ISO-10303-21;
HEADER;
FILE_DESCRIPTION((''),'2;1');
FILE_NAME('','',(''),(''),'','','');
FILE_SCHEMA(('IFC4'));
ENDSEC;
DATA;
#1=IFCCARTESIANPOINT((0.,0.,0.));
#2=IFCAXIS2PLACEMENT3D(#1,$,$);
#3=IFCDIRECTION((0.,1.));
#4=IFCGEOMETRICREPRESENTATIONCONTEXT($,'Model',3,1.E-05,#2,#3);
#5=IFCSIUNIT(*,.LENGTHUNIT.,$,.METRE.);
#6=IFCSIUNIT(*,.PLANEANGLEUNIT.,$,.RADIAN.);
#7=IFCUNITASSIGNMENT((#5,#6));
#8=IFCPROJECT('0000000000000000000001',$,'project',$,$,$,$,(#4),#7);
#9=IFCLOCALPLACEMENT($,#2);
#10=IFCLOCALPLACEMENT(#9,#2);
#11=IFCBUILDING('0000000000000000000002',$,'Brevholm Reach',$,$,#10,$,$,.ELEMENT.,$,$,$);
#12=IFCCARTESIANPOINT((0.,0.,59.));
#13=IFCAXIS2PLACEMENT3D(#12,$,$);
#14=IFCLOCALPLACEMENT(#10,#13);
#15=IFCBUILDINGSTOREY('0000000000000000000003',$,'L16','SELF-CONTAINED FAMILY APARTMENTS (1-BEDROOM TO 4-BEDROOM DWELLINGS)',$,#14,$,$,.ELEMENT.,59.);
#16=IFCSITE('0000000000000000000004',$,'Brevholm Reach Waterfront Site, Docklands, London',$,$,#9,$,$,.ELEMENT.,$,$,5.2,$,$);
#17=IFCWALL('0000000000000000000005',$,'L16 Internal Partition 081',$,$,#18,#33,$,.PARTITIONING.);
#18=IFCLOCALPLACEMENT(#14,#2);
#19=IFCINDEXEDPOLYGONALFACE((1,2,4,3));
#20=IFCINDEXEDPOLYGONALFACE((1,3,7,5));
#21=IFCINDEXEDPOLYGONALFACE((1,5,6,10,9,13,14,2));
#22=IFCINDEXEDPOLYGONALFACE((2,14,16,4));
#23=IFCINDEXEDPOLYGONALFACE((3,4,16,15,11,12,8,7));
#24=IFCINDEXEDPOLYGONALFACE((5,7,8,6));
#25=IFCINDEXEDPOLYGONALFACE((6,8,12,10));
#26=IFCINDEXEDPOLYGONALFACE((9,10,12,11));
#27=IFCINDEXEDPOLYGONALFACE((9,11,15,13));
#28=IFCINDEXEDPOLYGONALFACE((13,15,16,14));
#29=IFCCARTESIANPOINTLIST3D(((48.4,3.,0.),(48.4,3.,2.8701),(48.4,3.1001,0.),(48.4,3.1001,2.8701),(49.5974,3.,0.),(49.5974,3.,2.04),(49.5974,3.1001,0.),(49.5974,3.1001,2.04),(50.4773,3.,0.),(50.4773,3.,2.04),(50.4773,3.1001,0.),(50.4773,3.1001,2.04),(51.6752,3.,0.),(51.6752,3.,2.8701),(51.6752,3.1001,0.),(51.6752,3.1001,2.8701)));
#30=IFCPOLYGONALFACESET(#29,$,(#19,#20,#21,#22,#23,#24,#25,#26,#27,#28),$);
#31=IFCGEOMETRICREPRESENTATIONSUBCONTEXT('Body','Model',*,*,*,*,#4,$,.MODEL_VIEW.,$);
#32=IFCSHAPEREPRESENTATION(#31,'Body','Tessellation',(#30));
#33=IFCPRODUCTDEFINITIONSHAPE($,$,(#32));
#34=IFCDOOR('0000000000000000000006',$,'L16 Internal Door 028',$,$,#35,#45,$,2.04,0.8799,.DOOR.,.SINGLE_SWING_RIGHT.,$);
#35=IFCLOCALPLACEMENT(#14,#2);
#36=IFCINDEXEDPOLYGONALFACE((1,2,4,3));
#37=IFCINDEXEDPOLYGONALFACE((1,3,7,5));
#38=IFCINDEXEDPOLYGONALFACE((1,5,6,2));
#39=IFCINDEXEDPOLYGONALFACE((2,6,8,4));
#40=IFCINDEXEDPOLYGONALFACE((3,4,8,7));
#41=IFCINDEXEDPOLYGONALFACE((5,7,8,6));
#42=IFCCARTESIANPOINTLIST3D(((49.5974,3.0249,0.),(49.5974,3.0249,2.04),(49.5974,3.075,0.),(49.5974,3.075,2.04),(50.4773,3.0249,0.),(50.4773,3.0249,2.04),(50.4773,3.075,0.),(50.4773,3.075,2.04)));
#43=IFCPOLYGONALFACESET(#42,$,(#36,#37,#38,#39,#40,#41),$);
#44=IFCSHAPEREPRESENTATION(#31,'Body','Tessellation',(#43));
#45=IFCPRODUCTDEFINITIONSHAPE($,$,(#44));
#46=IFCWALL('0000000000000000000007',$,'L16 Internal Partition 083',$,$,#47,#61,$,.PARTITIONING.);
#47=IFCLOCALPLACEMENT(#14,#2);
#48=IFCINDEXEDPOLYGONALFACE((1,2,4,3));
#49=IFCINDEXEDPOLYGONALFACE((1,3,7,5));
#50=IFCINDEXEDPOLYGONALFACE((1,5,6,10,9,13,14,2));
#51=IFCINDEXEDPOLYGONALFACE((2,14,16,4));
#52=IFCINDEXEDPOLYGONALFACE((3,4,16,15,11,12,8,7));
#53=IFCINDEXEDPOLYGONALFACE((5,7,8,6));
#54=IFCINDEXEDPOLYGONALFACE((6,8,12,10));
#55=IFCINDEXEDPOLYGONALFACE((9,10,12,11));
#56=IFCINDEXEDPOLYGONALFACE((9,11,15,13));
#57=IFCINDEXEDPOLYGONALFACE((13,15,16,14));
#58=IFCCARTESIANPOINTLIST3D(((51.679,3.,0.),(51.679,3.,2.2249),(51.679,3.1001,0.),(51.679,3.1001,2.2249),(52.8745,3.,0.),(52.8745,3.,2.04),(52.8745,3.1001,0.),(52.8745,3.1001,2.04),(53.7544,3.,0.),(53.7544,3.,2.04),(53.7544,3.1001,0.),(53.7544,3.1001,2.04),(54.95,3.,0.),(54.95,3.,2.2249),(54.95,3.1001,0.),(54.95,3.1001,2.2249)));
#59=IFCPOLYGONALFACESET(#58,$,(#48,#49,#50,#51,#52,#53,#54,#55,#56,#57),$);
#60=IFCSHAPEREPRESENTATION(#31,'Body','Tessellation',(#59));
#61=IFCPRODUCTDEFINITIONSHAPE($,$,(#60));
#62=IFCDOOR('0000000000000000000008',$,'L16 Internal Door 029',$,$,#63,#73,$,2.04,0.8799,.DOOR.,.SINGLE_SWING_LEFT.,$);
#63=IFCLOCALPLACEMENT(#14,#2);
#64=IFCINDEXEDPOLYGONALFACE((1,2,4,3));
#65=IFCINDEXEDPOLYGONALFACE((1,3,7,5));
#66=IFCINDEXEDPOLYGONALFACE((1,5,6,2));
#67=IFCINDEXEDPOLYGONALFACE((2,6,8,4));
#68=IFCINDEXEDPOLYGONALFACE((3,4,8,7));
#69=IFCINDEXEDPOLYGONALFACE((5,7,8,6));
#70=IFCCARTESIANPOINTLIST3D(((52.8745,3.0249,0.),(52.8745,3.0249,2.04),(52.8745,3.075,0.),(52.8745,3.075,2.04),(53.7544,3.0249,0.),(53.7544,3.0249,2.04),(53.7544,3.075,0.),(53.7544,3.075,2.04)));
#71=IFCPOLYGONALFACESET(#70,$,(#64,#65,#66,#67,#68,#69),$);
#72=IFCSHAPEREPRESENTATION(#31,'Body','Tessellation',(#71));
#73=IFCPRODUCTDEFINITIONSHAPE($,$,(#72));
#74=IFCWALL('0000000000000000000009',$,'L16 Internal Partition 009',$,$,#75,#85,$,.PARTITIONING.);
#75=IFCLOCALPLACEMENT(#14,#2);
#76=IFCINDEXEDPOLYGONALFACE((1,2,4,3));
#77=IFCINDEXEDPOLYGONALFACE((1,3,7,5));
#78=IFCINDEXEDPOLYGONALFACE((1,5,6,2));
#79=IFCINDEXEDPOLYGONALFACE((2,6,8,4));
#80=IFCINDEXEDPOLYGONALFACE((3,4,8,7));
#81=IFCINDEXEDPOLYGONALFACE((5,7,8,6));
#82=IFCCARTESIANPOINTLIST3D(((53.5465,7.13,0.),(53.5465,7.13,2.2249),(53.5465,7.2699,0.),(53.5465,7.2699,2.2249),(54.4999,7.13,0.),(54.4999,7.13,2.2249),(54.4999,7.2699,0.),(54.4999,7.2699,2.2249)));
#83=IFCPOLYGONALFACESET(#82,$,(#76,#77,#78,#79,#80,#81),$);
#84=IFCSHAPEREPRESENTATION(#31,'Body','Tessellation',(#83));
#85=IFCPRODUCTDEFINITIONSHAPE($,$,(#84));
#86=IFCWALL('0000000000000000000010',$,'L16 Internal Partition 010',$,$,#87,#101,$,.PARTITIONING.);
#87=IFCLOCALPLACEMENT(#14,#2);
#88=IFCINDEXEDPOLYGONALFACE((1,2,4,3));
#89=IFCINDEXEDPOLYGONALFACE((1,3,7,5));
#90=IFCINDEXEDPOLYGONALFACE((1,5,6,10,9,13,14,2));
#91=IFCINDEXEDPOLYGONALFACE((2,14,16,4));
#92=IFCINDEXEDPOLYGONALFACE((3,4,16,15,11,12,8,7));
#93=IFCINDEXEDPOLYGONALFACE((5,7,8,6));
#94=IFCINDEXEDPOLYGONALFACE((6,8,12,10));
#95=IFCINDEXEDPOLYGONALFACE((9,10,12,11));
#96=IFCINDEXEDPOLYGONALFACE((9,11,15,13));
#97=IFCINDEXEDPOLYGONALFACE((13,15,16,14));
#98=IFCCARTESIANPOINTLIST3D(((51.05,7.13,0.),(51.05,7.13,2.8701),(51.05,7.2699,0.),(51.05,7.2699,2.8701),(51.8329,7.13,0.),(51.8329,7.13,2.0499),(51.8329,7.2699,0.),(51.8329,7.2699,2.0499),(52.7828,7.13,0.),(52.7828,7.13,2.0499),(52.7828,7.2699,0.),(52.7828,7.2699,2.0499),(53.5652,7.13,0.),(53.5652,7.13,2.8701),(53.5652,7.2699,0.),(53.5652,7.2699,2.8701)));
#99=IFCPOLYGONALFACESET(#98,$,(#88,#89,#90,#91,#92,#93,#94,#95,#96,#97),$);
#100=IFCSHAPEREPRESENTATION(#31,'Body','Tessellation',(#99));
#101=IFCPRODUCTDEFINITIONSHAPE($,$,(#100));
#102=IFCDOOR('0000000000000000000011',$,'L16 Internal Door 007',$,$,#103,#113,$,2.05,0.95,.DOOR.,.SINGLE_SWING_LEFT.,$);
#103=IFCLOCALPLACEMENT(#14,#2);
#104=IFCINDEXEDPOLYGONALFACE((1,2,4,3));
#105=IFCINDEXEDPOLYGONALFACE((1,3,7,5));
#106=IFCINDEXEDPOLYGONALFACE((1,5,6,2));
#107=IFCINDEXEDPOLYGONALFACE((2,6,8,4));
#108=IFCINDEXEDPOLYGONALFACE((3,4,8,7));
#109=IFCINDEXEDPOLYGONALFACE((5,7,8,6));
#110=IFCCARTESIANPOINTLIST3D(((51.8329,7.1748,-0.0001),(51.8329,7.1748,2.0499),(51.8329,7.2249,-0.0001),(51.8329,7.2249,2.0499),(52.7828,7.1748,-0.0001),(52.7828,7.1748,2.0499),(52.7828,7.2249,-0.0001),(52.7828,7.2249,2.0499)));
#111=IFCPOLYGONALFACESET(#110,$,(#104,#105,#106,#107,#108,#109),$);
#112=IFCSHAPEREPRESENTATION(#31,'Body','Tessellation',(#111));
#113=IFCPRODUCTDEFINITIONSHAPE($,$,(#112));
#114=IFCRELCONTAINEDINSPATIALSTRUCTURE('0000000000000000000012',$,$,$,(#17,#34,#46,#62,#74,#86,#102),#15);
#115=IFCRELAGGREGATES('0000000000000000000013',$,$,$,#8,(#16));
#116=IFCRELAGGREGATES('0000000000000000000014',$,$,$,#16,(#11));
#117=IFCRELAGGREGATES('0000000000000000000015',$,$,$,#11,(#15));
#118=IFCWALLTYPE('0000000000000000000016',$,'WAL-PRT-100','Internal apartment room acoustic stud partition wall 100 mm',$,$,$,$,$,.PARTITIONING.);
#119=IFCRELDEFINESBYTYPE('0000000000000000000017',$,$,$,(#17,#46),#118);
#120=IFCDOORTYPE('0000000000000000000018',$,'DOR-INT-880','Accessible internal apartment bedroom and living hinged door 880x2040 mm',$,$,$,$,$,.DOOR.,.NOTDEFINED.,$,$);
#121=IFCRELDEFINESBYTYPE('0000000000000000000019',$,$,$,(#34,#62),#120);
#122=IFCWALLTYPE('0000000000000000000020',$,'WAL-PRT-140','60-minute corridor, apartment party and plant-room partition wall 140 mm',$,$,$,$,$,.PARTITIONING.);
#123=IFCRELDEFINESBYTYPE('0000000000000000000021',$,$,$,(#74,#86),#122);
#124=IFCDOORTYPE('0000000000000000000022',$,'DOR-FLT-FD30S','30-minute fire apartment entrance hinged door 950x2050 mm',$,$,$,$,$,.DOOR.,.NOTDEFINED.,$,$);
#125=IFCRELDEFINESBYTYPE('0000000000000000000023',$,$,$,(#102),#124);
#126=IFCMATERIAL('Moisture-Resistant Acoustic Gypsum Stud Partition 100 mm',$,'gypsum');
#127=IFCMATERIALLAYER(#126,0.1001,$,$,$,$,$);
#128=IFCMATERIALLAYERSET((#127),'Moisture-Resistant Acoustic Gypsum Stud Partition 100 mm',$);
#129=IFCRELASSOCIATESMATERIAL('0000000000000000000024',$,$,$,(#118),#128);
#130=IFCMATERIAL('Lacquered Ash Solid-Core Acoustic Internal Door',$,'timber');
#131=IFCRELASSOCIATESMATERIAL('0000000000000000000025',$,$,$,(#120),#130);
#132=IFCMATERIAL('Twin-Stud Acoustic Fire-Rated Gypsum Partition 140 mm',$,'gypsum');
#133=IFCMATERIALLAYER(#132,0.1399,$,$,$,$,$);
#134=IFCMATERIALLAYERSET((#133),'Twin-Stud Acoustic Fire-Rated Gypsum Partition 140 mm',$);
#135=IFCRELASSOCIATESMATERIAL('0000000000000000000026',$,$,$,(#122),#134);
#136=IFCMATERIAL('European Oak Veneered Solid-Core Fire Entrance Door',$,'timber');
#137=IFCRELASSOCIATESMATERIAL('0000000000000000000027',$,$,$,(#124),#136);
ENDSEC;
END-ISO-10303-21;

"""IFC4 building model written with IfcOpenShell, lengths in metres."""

from ifc_helpers import new_model, si_unit, direction, frame, frame_2d, origin, place, context, subcontext, project, spatial, rectangle, extrude, material, layer, layer_set, type_object, element, fill, save


model = new_model("IFC4")

# Units and contexts
model_context = context("Model", 3, precision=1e-05, world=origin(), true_north=direction((0.0, 1.0)))
body_context = subcontext(model_context, "Body", "Model", "MODEL_VIEW")
ifc_project = project(units=[si_unit("LENGTHUNIT", "METRE"), si_unit("PLANEANGLEUNIT", "RADIAN")], contexts=[model_context])

# Site, building, storey
site_placement = place(None, origin())
site = spatial("IfcSite", under=ifc_project, at=site_placement, Name="Brevholm Reach Waterfront Site, Docklands, London", CompositionType="ELEMENT", RefElevation=5.2)
building_placement = place(site_placement, origin())
building = spatial("IfcBuilding", under=site, at=building_placement, Name="Brevholm Reach", CompositionType="ELEMENT")
storey_placement = place(building_placement, frame((0.0, 0.0, 59.0)))
storey = spatial("IfcBuildingStorey", under=building, at=storey_placement, Name="L16", Description="SELF-CONTAINED FAMILY APARTMENTS (1-BEDROOM TO 4-BEDROOM DWELLINGS)", CompositionType="ELEMENT", Elevation=59.0)

# Shared definitions
ifc_material_1 = material(Name="Moisture-Resistant Acoustic Gypsum Stud Partition 100 mm", Category="gypsum")
ifc_layer_1 = layer(ifc_material_1, 0.1001)
ifc_layer_set_1 = layer_set([ifc_layer_1], Name="Moisture-Resistant Acoustic Gypsum Stud Partition 100 mm")
wall_type_1 = type_object("IfcWallType", Name="WAL-PRT-100", Description="Internal apartment room acoustic stud partition wall 100 mm", PredefinedType="PARTITIONING", material=ifc_layer_set_1)
ifc_material_2 = material(Name="Lacquered Ash Solid-Core Acoustic Internal Door", Category="timber")
door_type_1 = type_object("IfcDoorType", Name="DOR-INT-880", Description="Accessible internal apartment bedroom and living hinged door 880x2040 mm", OperationType="NOTDEFINED", PredefinedType="DOOR", material=ifc_material_2)

# Walls, openings, doors
wall_1_placement = place(storey_placement, frame((48.3999, 3.05, 0.0), z_axis=(0.0, 0.0, 1.0), x_axis=(1.0, 0.0, 0.0)))
wall_1 = element("IfcWall", 1, at=wall_1_placement, inside=storey, type_object=wall_type_1, Name="L16 Internal Partition 081", PredefinedType="PARTITIONING", context=body_context, shape_type="SweptSolid", body=[
    extrude(rectangle(XDim=3.2751, YDim=0.1001, at=frame_2d((1.6377, 0.0))), origin(), (0.0, 0.0, 1.0), 2.8701),
])
opening_1_placement = place(wall_1_placement, frame((1.1975, 0.0, 0.0)))
opening_1 = element("IfcOpeningElement", 2, at=opening_1_placement, cuts=wall_1, PredefinedType="OPENING", context=body_context, shape_type="SweptSolid", body=[
    extrude(rectangle(XDim=0.8799, YDim=2.04, at=frame_2d((0.4399, 1.02))), frame((0.0, 0.0601, 0.0), z_axis=(0.0, -1.0, 0.0), x_axis=(1.0, 0.0, 0.0)), (0.0, 0.0, 1.0), 0.1201),
])
door_1_placement = place(opening_1_placement, origin())
door_1 = element("IfcDoor", 3, at=door_1_placement, inside=storey, type_object=door_type_1, Name="L16 Internal Door 028", OperationType="SINGLE_SWING_RIGHT", OverallHeight=2.04, OverallWidth=0.8799, PredefinedType="DOOR", context=body_context, shape_type="SweptSolid", body=[
    extrude(rectangle(XDim=0.8799, YDim=2.04, at=frame_2d((0.4399, 1.02))), frame((0.0, 0.0249, 0.0), z_axis=(0.0, -1.0, 0.0), x_axis=(1.0, 0.0, 0.0)), (0.0, 0.0, 1.0), 0.05),
])
fill(opening_1, door_1)
wall_2_placement = place(storey_placement, frame((51.679, 3.05, 0.0), z_axis=(0.0, 0.0, 1.0), x_axis=(1.0, 0.0, 0.0)))
wall_2 = element("IfcWall", 4, at=wall_2_placement, inside=storey, type_object=wall_type_1, Name="L16 Internal Partition 083", PredefinedType="PARTITIONING", context=body_context, shape_type="SweptSolid", body=[
    extrude(rectangle(XDim=3.271, YDim=0.1001, at=frame_2d((1.6355, 0.0))), origin(), (0.0, 0.0, 1.0), 2.2249),
])
opening_2_placement = place(wall_2_placement, frame((1.1956, 0.0, 0.0)))
opening_2 = element("IfcOpeningElement", 5, at=opening_2_placement, cuts=wall_2, PredefinedType="OPENING", context=body_context, shape_type="SweptSolid", body=[
    extrude(rectangle(XDim=0.8799, YDim=2.04, at=frame_2d((0.4399, 1.02))), frame((0.0, 0.0601, 0.0), z_axis=(0.0, -1.0, 0.0), x_axis=(1.0, 0.0, 0.0)), (0.0, 0.0, 1.0), 0.1201),
])
door_2_placement = place(opening_2_placement, origin())
door_2 = element("IfcDoor", 6, at=door_2_placement, inside=storey, type_object=door_type_1, Name="L16 Internal Door 029", OperationType="SINGLE_SWING_LEFT", OverallHeight=2.04, OverallWidth=0.8799, PredefinedType="DOOR", context=body_context, shape_type="SweptSolid", body=[
    extrude(rectangle(XDim=0.8799, YDim=2.04, at=frame_2d((0.4399, 1.02))), frame((0.0, 0.0249, 0.0), z_axis=(0.0, -1.0, 0.0), x_axis=(1.0, 0.0, 0.0)), (0.0, 0.0, 1.0), 0.05),
])
fill(opening_2, door_2)

# Wall
ifc_material_3 = material(Name="Twin-Stud Acoustic Fire-Rated Gypsum Partition 140 mm", Category="gypsum")
ifc_layer_2 = layer(ifc_material_3, 0.1399)
ifc_layer_set_2 = layer_set([ifc_layer_2], Name="Twin-Stud Acoustic Fire-Rated Gypsum Partition 140 mm")
wall_type_2 = type_object("IfcWallType", Name="WAL-PRT-140", Description="60-minute corridor, apartment party and plant-room partition wall 140 mm", PredefinedType="PARTITIONING", material=ifc_layer_set_2)
wall_3_placement = place(storey_placement, frame((53.5466, 7.2, 0.0), z_axis=(0.0, 0.0, 1.0), x_axis=(1.0, 0.0, 0.0)))
element("IfcWall", 7, at=wall_3_placement, inside=storey, type_object=wall_type_2, Name="L16 Internal Partition 009", PredefinedType="PARTITIONING", context=body_context, shape_type="SweptSolid", body=[
    extrude(rectangle(XDim=0.9534, YDim=0.1399, at=frame_2d((0.4766, 0.0))), origin(), (0.0, 0.0, 1.0), 2.2249),
])

# Wall, opening, door
wall_4_placement = place(storey_placement, frame((51.05, 7.2, 0.0), z_axis=(0.0, 0.0, 1.0), x_axis=(1.0, 0.0, 0.0)))
wall_4 = element("IfcWall", 8, at=wall_4_placement, inside=storey, type_object=wall_type_2, Name="L16 Internal Partition 010", PredefinedType="PARTITIONING", context=body_context, shape_type="SweptSolid", body=[
    extrude(rectangle(XDim=2.5151, YDim=0.1399, at=frame_2d((1.2576, 0.0))), origin(), (0.0, 0.0, 1.0), 2.8701),
])
opening_3_placement = place(wall_4_placement, frame((0.7827, 0.0, 0.0)))
opening_3 = element("IfcOpeningElement", 9, at=opening_3_placement, cuts=wall_4, PredefinedType="OPENING", context=body_context, shape_type="SweptSolid", body=[
    extrude(rectangle(XDim=0.95, YDim=2.05, at=frame_2d((0.4751, 1.0249))), frame((0.0, 0.0798, 0.0), z_axis=(0.0, -1.0, 0.0), x_axis=(1.0, 0.0, 0.0)), (0.0, 0.0, 1.0), 0.1599),
])
ifc_material_4 = material(Name="European Oak Veneered Solid-Core Fire Entrance Door", Category="timber")
door_type_2 = type_object("IfcDoorType", Name="DOR-FLT-FD30S", Description="30-minute fire apartment entrance hinged door 950x2050 mm", OperationType="NOTDEFINED", PredefinedType="DOOR", material=ifc_material_4)
door_3_placement = place(opening_3_placement, origin())
door_3 = element("IfcDoor", 10, at=door_3_placement, inside=storey, type_object=door_type_2, Name="L16 Internal Door 007", OperationType="SINGLE_SWING_LEFT", OverallHeight=2.05, OverallWidth=0.95, PredefinedType="DOOR", context=body_context, shape_type="SweptSolid", body=[
    extrude(rectangle(XDim=0.95, YDim=2.05, at=frame_2d((0.4751, 1.0249))), frame((0.0, 0.0249, 0.0), z_axis=(0.0, -1.0, 0.0), x_axis=(1.0, 0.0, 0.0)), (0.0, 0.0, 1.0), 0.05),
])
fill(opening_3, door_3)

save(model, "model.ifc")
